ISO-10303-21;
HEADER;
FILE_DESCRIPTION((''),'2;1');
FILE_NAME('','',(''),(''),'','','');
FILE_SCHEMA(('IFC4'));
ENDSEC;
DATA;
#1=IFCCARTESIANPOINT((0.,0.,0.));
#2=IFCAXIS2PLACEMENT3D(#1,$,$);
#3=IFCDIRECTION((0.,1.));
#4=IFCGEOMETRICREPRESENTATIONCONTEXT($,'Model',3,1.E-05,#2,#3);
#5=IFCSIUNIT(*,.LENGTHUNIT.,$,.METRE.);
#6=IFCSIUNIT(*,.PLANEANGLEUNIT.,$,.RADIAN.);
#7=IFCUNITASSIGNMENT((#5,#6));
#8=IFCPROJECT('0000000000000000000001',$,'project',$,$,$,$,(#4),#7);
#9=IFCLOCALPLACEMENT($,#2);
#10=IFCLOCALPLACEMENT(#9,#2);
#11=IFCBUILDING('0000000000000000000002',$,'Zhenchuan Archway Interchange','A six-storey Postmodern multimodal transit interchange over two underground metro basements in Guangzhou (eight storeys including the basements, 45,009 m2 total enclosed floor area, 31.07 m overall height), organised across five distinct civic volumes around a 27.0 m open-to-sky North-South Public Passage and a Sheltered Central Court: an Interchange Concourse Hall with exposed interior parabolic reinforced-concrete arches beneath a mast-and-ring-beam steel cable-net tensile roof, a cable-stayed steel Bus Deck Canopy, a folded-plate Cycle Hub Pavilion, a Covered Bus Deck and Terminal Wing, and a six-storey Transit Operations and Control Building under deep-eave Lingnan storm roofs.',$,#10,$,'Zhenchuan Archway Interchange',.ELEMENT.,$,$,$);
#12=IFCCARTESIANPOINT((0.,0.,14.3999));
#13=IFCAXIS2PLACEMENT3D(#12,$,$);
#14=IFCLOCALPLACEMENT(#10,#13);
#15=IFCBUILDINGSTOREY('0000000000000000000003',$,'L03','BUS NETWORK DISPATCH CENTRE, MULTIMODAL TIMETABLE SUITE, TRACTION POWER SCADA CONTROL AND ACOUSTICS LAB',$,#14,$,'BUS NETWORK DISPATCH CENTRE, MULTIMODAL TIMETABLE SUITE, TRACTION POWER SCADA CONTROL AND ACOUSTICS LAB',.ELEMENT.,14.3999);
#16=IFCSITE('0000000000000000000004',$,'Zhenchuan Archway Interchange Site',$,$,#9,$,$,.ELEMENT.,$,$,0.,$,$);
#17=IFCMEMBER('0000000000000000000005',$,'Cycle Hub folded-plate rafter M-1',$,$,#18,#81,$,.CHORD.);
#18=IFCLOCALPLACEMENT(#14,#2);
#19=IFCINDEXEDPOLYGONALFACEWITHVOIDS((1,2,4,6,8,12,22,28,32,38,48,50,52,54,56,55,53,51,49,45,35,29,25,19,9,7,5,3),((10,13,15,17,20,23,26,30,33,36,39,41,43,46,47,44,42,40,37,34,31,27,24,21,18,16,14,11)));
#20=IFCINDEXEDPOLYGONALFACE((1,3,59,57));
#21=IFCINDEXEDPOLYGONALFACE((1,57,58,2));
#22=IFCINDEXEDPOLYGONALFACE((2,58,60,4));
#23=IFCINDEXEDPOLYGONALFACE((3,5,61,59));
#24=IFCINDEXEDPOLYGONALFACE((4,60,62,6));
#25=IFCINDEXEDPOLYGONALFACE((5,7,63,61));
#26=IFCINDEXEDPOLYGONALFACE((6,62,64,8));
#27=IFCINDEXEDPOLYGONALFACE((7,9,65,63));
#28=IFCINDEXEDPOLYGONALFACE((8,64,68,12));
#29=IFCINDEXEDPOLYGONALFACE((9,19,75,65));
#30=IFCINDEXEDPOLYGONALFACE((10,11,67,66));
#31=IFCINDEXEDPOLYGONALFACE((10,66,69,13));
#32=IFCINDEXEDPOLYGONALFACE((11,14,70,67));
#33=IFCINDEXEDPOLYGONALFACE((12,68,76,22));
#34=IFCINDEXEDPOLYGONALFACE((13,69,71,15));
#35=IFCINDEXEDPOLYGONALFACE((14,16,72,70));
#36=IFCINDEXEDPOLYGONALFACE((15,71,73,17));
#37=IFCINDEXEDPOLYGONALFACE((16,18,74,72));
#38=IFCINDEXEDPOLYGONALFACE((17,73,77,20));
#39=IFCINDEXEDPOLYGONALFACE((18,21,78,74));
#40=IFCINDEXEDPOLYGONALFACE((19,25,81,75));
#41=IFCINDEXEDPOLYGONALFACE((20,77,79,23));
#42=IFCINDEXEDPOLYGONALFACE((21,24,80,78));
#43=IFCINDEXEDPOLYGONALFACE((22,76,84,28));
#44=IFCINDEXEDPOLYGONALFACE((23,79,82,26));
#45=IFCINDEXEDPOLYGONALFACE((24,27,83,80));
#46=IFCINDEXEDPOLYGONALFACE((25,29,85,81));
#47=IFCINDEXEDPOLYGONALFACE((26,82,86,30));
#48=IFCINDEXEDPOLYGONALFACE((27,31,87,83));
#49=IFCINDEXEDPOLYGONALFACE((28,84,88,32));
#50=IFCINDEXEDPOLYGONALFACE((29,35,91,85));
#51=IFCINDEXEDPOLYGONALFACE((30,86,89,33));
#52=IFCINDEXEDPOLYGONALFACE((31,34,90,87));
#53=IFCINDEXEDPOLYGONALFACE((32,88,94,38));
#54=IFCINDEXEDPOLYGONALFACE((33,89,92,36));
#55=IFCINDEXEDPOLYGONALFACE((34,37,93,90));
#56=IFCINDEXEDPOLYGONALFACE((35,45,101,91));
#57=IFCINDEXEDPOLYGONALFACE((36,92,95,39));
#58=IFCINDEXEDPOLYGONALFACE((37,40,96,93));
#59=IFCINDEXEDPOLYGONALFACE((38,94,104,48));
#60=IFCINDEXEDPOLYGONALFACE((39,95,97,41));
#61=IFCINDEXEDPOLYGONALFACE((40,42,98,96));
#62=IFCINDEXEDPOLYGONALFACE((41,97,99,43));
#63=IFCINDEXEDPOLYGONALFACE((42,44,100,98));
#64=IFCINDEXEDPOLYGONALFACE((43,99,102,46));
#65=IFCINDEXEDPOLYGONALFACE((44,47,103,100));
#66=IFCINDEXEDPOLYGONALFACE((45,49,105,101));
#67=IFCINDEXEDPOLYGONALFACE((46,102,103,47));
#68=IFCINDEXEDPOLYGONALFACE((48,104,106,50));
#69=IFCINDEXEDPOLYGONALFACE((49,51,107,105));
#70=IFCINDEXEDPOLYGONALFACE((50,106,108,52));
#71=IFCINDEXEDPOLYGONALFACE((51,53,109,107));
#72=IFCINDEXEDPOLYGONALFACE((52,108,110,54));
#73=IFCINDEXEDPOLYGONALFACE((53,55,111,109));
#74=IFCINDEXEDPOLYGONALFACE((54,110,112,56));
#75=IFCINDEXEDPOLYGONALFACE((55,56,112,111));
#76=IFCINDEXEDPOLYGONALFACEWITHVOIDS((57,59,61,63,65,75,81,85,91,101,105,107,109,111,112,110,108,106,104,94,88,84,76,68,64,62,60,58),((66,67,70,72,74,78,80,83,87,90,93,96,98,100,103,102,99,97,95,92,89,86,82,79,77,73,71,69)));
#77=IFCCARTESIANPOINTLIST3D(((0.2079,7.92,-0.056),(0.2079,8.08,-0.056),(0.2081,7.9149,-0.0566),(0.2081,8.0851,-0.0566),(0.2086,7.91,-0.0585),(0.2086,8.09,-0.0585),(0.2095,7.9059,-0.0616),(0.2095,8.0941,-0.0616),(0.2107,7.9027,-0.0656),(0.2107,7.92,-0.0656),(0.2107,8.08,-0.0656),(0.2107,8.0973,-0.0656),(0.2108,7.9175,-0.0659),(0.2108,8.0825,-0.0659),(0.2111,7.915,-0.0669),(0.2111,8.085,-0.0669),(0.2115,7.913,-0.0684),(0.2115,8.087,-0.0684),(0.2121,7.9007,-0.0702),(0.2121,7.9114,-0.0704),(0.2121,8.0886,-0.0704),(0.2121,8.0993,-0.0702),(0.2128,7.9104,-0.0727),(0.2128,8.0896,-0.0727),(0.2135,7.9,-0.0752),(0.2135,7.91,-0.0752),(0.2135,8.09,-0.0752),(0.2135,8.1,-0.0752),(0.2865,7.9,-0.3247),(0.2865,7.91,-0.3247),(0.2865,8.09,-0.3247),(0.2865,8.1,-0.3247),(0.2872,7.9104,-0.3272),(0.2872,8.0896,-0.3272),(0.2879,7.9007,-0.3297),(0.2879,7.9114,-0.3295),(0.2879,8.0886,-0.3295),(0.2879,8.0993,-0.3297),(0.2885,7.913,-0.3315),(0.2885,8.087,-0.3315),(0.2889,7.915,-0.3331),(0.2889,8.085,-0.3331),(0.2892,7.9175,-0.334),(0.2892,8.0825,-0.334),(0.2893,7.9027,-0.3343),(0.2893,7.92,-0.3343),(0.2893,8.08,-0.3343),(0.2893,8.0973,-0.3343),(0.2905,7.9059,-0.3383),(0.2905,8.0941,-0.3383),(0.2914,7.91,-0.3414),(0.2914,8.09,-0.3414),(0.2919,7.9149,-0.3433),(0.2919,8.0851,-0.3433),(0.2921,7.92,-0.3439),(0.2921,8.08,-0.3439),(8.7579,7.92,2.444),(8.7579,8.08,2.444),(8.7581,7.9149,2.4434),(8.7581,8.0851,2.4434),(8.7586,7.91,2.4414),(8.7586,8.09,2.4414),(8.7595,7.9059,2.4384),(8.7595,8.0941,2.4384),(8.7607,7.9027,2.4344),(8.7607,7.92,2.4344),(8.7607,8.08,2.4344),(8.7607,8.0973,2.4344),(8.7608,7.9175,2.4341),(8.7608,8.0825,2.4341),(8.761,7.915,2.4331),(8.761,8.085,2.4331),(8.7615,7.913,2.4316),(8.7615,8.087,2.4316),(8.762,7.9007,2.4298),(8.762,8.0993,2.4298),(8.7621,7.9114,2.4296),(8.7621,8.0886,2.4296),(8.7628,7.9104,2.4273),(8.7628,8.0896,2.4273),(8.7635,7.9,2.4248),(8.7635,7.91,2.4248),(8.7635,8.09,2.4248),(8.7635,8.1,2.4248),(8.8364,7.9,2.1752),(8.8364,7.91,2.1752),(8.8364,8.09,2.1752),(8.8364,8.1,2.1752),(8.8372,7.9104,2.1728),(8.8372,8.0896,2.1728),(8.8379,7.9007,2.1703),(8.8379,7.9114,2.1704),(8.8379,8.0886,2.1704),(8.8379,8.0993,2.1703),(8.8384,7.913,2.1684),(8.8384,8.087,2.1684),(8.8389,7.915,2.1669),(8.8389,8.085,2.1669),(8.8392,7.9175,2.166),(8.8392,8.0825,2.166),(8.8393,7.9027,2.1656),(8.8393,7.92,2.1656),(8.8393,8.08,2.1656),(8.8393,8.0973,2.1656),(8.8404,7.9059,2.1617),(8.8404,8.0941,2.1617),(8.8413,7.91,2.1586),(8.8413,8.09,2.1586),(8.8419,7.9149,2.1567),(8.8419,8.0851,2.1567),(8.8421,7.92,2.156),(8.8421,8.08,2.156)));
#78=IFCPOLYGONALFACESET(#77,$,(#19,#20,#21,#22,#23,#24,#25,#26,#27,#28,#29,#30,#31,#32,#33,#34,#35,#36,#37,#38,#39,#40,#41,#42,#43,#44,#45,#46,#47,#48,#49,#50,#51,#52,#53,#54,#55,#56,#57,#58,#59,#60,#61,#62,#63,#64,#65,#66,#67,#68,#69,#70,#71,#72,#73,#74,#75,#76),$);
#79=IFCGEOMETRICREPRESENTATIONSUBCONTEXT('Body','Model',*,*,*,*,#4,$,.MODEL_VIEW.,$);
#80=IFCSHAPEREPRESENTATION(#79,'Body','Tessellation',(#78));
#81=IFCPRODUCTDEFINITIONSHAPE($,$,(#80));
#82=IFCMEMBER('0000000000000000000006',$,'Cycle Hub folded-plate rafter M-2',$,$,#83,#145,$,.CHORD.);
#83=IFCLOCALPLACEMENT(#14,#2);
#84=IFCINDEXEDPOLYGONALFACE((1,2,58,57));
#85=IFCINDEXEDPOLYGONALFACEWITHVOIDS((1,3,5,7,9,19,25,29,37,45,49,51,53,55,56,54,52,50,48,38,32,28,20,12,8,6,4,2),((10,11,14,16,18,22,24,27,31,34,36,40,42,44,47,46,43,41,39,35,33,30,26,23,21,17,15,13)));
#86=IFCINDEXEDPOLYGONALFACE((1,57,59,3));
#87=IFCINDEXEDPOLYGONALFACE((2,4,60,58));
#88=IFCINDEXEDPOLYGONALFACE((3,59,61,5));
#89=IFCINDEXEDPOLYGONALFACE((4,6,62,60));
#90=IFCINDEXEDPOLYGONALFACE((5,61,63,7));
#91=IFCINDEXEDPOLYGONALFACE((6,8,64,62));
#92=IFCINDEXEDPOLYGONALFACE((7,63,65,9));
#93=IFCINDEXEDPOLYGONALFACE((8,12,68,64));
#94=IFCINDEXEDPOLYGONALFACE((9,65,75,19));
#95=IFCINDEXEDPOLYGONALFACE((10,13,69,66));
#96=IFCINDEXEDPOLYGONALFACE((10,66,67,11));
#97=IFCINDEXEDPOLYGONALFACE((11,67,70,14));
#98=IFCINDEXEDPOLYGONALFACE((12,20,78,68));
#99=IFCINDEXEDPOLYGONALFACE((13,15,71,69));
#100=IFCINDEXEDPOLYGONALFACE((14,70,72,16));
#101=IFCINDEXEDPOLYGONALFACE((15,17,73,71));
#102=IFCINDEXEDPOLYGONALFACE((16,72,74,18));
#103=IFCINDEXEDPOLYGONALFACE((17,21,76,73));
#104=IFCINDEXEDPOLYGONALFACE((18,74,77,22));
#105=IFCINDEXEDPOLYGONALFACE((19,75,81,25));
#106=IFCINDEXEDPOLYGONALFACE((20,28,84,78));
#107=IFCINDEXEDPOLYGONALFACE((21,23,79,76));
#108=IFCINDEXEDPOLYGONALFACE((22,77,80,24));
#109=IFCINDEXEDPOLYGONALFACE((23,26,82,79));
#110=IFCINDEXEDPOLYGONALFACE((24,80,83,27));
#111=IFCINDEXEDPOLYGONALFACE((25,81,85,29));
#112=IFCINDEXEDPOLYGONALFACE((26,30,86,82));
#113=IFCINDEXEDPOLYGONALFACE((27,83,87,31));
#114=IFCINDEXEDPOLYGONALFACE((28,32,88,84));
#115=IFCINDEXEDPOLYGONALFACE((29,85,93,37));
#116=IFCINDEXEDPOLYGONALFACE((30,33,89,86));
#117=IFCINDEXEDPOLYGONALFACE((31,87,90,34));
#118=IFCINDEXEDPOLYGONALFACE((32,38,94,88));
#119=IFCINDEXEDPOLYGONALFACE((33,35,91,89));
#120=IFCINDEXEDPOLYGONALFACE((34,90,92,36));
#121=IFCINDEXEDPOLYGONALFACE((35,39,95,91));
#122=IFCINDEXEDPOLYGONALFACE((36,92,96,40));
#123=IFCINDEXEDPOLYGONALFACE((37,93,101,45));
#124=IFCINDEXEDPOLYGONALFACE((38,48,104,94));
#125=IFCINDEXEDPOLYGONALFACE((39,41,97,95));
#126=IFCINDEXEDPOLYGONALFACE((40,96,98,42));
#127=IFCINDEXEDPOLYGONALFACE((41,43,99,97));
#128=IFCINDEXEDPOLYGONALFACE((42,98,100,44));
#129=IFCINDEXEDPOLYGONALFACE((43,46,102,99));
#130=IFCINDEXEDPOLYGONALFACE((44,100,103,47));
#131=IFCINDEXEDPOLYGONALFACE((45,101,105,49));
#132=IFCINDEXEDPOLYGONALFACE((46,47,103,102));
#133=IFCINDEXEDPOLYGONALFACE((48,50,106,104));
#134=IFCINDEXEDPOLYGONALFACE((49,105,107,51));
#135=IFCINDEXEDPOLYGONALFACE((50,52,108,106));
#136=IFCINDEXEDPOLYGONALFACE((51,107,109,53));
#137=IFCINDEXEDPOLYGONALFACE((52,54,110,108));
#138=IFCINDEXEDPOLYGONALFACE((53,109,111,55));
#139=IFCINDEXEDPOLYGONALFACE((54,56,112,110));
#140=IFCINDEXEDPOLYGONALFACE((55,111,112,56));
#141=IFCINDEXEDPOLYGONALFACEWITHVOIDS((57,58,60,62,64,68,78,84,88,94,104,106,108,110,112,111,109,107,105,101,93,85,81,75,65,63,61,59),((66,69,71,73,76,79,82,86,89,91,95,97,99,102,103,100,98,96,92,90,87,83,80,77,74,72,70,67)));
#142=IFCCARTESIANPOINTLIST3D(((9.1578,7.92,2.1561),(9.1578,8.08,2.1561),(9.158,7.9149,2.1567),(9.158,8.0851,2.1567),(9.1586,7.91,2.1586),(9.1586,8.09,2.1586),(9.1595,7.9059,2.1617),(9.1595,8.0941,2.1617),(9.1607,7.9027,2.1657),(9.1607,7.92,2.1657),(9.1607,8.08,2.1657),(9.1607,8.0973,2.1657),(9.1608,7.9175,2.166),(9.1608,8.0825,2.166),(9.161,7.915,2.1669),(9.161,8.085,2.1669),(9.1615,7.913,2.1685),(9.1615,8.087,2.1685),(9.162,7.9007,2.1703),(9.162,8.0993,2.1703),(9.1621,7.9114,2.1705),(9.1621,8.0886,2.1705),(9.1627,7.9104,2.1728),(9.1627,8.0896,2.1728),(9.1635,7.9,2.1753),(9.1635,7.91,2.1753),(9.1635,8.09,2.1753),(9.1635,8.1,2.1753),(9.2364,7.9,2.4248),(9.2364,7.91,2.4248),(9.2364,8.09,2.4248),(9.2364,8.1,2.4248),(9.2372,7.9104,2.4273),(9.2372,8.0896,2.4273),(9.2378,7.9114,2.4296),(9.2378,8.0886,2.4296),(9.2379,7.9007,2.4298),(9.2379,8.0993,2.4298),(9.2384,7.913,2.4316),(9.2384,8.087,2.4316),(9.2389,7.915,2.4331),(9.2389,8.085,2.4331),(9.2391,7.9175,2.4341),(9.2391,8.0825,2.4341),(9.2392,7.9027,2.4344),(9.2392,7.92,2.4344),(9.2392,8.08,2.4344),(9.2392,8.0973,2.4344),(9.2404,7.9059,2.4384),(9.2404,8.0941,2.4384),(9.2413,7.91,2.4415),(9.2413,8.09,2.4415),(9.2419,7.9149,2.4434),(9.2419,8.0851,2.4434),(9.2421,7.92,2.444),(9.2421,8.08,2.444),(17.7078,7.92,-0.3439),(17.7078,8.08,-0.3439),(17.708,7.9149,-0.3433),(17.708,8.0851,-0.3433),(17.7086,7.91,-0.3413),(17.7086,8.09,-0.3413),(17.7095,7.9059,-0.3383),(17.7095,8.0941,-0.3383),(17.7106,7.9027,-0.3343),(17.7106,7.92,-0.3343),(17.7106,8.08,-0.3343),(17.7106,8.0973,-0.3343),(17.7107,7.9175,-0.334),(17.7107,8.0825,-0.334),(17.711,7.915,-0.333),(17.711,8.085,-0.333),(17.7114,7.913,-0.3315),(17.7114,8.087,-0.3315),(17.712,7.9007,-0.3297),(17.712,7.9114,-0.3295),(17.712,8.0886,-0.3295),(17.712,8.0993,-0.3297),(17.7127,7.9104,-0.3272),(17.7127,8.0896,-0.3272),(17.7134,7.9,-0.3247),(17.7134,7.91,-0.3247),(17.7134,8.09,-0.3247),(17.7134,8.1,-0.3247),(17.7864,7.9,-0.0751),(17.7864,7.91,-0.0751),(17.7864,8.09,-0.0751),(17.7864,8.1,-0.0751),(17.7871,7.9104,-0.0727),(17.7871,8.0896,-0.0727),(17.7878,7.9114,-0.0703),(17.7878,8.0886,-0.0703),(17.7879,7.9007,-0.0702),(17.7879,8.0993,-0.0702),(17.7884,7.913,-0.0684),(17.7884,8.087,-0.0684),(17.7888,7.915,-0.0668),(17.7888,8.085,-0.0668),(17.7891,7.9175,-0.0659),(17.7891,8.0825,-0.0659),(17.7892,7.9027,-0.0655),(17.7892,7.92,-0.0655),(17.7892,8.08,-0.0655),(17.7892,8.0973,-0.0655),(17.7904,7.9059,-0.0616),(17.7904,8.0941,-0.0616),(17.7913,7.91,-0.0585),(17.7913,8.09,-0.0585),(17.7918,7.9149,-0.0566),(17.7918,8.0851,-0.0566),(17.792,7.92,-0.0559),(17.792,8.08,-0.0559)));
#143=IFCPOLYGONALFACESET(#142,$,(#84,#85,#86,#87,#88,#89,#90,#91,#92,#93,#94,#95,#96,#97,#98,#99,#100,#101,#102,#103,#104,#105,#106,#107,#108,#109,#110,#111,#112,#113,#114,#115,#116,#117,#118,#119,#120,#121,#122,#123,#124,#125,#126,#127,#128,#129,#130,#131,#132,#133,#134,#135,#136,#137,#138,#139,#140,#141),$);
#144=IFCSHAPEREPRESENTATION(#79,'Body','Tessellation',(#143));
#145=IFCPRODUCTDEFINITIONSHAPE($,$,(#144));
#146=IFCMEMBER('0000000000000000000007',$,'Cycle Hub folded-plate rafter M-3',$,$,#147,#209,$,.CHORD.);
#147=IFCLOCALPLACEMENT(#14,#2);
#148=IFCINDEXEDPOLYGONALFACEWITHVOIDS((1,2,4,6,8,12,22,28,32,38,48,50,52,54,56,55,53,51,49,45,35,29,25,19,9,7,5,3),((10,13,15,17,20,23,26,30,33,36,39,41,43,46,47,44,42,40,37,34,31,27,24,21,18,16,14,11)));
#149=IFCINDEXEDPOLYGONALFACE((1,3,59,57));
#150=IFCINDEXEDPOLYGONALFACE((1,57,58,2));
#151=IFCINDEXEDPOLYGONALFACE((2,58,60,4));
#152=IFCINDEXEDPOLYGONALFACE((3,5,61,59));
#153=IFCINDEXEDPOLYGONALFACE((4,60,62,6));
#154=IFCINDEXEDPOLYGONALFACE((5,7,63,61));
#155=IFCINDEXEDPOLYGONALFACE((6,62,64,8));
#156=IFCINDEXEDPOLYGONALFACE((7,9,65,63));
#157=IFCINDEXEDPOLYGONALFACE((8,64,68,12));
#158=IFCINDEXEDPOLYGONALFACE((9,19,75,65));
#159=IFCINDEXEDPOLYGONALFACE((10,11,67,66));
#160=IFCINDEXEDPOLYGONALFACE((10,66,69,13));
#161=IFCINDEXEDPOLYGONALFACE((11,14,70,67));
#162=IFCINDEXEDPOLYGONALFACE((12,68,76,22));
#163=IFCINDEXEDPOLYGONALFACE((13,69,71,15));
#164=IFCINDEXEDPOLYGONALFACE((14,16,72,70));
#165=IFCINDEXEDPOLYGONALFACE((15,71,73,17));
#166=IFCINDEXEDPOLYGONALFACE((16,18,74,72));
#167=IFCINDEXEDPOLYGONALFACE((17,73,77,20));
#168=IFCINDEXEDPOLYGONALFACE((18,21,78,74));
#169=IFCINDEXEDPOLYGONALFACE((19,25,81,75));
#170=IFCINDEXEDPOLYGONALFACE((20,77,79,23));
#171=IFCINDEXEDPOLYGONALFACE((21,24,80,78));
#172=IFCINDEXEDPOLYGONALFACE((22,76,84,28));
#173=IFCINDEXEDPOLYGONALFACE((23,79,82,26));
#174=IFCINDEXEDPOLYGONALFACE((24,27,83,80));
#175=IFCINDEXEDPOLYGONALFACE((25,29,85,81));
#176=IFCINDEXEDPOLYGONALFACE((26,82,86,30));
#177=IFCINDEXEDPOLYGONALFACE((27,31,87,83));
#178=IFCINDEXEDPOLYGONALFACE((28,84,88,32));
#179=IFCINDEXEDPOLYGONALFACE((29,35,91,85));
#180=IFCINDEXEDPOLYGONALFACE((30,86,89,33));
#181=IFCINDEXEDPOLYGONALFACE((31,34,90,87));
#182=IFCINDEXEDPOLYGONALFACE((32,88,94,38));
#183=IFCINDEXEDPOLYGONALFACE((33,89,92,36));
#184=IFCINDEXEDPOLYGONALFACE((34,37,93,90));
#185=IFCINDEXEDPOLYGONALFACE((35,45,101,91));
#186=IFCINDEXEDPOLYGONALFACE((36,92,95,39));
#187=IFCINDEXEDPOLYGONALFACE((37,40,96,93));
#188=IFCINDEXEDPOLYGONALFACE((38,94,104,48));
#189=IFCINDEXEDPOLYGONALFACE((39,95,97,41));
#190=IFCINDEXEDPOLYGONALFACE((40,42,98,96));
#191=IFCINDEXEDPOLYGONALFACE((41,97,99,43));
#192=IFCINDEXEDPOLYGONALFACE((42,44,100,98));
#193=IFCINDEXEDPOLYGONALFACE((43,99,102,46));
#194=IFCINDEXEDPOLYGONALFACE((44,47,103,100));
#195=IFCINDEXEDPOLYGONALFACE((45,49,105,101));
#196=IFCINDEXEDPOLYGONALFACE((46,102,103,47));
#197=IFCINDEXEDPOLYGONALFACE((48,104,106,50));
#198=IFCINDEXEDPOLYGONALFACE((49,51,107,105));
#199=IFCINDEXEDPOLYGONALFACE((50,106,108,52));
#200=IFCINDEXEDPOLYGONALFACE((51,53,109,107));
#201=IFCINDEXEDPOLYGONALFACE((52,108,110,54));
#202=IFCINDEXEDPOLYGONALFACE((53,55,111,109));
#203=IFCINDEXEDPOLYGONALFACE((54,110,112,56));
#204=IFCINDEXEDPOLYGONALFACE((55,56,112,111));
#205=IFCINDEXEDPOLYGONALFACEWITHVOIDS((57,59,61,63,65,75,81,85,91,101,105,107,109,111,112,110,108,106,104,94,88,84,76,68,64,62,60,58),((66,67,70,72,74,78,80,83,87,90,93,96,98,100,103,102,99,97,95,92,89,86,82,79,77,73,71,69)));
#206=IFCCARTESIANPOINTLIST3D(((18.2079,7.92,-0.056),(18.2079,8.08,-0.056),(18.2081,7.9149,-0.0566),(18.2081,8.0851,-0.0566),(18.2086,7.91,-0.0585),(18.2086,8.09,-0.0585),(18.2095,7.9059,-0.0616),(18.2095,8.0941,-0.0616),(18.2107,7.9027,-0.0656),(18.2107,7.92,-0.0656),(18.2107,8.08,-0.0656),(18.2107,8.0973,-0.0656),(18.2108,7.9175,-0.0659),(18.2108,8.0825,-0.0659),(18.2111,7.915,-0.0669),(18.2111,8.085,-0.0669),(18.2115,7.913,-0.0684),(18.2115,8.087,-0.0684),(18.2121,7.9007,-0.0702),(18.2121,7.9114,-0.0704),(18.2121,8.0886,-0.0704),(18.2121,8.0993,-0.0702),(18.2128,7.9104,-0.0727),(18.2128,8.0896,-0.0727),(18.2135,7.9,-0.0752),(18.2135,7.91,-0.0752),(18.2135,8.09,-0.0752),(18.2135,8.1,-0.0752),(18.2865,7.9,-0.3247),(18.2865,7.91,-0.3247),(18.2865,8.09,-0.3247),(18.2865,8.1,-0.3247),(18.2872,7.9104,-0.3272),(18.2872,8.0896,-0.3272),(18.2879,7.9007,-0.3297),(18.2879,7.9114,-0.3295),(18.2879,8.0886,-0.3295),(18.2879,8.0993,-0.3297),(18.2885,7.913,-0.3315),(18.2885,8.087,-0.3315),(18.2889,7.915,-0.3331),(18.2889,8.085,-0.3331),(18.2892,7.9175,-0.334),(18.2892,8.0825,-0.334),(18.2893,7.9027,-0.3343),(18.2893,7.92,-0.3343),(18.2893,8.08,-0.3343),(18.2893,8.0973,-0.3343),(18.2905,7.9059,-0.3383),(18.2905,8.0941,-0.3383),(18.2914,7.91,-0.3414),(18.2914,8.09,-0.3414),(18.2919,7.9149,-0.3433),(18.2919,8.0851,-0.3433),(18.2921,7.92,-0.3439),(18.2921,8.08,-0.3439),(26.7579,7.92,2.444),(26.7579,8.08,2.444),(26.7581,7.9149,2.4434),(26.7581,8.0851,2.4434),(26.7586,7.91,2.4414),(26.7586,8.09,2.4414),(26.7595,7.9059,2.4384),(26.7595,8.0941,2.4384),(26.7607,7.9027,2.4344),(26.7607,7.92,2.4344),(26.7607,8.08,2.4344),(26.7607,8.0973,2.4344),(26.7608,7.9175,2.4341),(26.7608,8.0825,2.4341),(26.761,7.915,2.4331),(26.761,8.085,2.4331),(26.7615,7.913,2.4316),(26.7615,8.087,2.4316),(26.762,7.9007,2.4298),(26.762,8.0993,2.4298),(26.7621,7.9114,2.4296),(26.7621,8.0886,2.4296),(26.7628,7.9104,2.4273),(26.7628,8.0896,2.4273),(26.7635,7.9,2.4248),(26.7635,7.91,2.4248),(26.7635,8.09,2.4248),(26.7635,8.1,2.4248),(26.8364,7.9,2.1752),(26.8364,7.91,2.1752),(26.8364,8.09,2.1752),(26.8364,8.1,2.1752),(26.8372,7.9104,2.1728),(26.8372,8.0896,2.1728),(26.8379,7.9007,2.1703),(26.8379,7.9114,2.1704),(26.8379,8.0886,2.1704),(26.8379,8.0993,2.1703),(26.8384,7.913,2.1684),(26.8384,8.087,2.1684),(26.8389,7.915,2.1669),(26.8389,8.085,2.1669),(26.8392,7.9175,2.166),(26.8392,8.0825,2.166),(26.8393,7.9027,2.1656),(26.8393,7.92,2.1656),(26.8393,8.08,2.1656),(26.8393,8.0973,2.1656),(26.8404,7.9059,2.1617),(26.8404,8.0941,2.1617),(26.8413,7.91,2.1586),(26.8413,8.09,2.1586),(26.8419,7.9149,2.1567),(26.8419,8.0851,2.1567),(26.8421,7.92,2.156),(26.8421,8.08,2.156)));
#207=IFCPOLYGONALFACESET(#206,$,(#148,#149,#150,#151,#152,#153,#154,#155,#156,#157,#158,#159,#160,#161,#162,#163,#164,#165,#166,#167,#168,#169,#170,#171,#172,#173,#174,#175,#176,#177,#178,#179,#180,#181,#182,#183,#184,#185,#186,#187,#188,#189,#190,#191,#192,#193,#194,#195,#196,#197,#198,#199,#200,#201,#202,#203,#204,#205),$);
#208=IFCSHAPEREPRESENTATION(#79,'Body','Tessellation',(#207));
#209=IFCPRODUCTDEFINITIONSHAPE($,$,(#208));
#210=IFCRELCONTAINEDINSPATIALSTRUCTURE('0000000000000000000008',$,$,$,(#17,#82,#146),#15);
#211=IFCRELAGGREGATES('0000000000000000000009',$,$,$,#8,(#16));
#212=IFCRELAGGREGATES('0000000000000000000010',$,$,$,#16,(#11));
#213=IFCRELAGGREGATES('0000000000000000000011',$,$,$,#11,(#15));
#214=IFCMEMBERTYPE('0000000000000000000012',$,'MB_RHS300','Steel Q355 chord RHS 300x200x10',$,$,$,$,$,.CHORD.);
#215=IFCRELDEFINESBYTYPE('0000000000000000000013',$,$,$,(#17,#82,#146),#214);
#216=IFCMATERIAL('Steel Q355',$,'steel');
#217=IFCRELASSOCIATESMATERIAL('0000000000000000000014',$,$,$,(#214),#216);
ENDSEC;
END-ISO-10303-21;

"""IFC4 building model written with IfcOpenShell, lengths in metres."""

from ifc_helpers import new_model, si_unit, direction, frame, origin, origin_2d, place, context, subcontext, project, spatial, hollow_rectangle, extrude, material, material_profile, profile_set, type_object, element, save


model = new_model("IFC4")

# Units and contexts
model_context = context("Model", 3, precision=1e-05, world=origin(), true_north=direction((0.0, 1.0)))
body_context = subcontext(model_context, "Body", "Model", "MODEL_VIEW")
ifc_project = project(units=[si_unit("LENGTHUNIT", "METRE"), si_unit("PLANEANGLEUNIT", "RADIAN")], contexts=[model_context])

# Site, building, storey
site_placement = place(None, origin())
site = spatial("IfcSite", under=ifc_project, at=site_placement, Name="Zhenchuan Archway Interchange Site", CompositionType="ELEMENT", RefElevation=0.0)
building_placement = place(site_placement, origin())
building = spatial("IfcBuilding", under=site, at=building_placement, Name="Zhenchuan Archway Interchange", Description="A six-storey Postmodern multimodal transit interchange over two underground metro basements in Guangzhou (eight storeys including the basements, 45,009 m2 total enclosed floor area, 31.07 m overall height), organised across five distinct civic volumes around a 27.0 m open-to-sky North-South Public Passage and a Sheltered Central Court: an Interchange Concourse Hall with exposed interior parabolic reinforced-concrete arches beneath a mast-and-ring-beam steel cable-net tensile roof, a cable-stayed steel Bus Deck Canopy, a folded-plate Cycle Hub Pavilion, a Covered Bus Deck and Terminal Wing, and a six-storey Transit Operations and Control Building under deep-eave Lingnan storm roofs.", LongName="Zhenchuan Archway Interchange", CompositionType="ELEMENT")
storey_placement = place(building_placement, frame((0.0, 0.0, 14.3999)))
storey = spatial("IfcBuildingStorey", under=building, at=storey_placement, Name="L03", Description="BUS NETWORK DISPATCH CENTRE, MULTIMODAL TIMETABLE SUITE, TRACTION POWER SCADA CONTROL AND ACOUSTICS LAB", LongName="BUS NETWORK DISPATCH CENTRE, MULTIMODAL TIMETABLE SUITE, TRACTION POWER SCADA CONTROL AND ACOUSTICS LAB", CompositionType="ELEMENT", Elevation=14.3999)

# Shared definitions
ifc_material_1 = material(Name="Steel Q355", Category="steel")

# Members
ifc_material_profile_1 = material_profile(ifc_material_1, hollow_rectangle(XDim=0.2, YDim=0.3, WallThickness=0.01, InnerFilletRadius=0.01, OuterFilletRadius=0.02, at=origin_2d()), Name="RHS 300x200x10")
ifc_profile_set_1 = profile_set([ifc_material_profile_1], Name="Steel Q355")
member_type = type_object("IfcMemberType", Name="MB_RHS300", Description="Steel Q355 chord RHS 300x200x10", PredefinedType="CHORD", material=ifc_profile_set_1)
for number, where, z_axis, x_axis, name in (
    (1, (0.25, 8.0, -0.2), (0.959812, 0.0, 0.280645), (0.0, 1.0, 0.0), "Cycle Hub folded-plate rafter M-1"),
    (2, (9.2, 8.0, 2.3), (0.959812, 0.0, -0.280645), (0.0, 1.0, 0.0), "Cycle Hub folded-plate rafter M-2"),
    (3, (18.25, 8.0, -0.2), (0.959812, 0.0, 0.280645), (0.0, 1.0, 0.0), "Cycle Hub folded-plate rafter M-3"),
):
    element("IfcMember", number, at=place(storey_placement, frame(where, z_axis=z_axis, x_axis=x_axis)), inside=storey, type_object=member_type, Name=name, PredefinedType="CHORD", context=body_context, shape_type="SweptSolid", body=[
        extrude(hollow_rectangle(XDim=0.2, YDim=0.3, WallThickness=0.01, InnerFilletRadius=0.01, OuterFilletRadius=0.02, at=origin_2d()), origin(), (0.0, 0.0, 1.0), 8.908),
    ])

save(model, "model.ifc")
